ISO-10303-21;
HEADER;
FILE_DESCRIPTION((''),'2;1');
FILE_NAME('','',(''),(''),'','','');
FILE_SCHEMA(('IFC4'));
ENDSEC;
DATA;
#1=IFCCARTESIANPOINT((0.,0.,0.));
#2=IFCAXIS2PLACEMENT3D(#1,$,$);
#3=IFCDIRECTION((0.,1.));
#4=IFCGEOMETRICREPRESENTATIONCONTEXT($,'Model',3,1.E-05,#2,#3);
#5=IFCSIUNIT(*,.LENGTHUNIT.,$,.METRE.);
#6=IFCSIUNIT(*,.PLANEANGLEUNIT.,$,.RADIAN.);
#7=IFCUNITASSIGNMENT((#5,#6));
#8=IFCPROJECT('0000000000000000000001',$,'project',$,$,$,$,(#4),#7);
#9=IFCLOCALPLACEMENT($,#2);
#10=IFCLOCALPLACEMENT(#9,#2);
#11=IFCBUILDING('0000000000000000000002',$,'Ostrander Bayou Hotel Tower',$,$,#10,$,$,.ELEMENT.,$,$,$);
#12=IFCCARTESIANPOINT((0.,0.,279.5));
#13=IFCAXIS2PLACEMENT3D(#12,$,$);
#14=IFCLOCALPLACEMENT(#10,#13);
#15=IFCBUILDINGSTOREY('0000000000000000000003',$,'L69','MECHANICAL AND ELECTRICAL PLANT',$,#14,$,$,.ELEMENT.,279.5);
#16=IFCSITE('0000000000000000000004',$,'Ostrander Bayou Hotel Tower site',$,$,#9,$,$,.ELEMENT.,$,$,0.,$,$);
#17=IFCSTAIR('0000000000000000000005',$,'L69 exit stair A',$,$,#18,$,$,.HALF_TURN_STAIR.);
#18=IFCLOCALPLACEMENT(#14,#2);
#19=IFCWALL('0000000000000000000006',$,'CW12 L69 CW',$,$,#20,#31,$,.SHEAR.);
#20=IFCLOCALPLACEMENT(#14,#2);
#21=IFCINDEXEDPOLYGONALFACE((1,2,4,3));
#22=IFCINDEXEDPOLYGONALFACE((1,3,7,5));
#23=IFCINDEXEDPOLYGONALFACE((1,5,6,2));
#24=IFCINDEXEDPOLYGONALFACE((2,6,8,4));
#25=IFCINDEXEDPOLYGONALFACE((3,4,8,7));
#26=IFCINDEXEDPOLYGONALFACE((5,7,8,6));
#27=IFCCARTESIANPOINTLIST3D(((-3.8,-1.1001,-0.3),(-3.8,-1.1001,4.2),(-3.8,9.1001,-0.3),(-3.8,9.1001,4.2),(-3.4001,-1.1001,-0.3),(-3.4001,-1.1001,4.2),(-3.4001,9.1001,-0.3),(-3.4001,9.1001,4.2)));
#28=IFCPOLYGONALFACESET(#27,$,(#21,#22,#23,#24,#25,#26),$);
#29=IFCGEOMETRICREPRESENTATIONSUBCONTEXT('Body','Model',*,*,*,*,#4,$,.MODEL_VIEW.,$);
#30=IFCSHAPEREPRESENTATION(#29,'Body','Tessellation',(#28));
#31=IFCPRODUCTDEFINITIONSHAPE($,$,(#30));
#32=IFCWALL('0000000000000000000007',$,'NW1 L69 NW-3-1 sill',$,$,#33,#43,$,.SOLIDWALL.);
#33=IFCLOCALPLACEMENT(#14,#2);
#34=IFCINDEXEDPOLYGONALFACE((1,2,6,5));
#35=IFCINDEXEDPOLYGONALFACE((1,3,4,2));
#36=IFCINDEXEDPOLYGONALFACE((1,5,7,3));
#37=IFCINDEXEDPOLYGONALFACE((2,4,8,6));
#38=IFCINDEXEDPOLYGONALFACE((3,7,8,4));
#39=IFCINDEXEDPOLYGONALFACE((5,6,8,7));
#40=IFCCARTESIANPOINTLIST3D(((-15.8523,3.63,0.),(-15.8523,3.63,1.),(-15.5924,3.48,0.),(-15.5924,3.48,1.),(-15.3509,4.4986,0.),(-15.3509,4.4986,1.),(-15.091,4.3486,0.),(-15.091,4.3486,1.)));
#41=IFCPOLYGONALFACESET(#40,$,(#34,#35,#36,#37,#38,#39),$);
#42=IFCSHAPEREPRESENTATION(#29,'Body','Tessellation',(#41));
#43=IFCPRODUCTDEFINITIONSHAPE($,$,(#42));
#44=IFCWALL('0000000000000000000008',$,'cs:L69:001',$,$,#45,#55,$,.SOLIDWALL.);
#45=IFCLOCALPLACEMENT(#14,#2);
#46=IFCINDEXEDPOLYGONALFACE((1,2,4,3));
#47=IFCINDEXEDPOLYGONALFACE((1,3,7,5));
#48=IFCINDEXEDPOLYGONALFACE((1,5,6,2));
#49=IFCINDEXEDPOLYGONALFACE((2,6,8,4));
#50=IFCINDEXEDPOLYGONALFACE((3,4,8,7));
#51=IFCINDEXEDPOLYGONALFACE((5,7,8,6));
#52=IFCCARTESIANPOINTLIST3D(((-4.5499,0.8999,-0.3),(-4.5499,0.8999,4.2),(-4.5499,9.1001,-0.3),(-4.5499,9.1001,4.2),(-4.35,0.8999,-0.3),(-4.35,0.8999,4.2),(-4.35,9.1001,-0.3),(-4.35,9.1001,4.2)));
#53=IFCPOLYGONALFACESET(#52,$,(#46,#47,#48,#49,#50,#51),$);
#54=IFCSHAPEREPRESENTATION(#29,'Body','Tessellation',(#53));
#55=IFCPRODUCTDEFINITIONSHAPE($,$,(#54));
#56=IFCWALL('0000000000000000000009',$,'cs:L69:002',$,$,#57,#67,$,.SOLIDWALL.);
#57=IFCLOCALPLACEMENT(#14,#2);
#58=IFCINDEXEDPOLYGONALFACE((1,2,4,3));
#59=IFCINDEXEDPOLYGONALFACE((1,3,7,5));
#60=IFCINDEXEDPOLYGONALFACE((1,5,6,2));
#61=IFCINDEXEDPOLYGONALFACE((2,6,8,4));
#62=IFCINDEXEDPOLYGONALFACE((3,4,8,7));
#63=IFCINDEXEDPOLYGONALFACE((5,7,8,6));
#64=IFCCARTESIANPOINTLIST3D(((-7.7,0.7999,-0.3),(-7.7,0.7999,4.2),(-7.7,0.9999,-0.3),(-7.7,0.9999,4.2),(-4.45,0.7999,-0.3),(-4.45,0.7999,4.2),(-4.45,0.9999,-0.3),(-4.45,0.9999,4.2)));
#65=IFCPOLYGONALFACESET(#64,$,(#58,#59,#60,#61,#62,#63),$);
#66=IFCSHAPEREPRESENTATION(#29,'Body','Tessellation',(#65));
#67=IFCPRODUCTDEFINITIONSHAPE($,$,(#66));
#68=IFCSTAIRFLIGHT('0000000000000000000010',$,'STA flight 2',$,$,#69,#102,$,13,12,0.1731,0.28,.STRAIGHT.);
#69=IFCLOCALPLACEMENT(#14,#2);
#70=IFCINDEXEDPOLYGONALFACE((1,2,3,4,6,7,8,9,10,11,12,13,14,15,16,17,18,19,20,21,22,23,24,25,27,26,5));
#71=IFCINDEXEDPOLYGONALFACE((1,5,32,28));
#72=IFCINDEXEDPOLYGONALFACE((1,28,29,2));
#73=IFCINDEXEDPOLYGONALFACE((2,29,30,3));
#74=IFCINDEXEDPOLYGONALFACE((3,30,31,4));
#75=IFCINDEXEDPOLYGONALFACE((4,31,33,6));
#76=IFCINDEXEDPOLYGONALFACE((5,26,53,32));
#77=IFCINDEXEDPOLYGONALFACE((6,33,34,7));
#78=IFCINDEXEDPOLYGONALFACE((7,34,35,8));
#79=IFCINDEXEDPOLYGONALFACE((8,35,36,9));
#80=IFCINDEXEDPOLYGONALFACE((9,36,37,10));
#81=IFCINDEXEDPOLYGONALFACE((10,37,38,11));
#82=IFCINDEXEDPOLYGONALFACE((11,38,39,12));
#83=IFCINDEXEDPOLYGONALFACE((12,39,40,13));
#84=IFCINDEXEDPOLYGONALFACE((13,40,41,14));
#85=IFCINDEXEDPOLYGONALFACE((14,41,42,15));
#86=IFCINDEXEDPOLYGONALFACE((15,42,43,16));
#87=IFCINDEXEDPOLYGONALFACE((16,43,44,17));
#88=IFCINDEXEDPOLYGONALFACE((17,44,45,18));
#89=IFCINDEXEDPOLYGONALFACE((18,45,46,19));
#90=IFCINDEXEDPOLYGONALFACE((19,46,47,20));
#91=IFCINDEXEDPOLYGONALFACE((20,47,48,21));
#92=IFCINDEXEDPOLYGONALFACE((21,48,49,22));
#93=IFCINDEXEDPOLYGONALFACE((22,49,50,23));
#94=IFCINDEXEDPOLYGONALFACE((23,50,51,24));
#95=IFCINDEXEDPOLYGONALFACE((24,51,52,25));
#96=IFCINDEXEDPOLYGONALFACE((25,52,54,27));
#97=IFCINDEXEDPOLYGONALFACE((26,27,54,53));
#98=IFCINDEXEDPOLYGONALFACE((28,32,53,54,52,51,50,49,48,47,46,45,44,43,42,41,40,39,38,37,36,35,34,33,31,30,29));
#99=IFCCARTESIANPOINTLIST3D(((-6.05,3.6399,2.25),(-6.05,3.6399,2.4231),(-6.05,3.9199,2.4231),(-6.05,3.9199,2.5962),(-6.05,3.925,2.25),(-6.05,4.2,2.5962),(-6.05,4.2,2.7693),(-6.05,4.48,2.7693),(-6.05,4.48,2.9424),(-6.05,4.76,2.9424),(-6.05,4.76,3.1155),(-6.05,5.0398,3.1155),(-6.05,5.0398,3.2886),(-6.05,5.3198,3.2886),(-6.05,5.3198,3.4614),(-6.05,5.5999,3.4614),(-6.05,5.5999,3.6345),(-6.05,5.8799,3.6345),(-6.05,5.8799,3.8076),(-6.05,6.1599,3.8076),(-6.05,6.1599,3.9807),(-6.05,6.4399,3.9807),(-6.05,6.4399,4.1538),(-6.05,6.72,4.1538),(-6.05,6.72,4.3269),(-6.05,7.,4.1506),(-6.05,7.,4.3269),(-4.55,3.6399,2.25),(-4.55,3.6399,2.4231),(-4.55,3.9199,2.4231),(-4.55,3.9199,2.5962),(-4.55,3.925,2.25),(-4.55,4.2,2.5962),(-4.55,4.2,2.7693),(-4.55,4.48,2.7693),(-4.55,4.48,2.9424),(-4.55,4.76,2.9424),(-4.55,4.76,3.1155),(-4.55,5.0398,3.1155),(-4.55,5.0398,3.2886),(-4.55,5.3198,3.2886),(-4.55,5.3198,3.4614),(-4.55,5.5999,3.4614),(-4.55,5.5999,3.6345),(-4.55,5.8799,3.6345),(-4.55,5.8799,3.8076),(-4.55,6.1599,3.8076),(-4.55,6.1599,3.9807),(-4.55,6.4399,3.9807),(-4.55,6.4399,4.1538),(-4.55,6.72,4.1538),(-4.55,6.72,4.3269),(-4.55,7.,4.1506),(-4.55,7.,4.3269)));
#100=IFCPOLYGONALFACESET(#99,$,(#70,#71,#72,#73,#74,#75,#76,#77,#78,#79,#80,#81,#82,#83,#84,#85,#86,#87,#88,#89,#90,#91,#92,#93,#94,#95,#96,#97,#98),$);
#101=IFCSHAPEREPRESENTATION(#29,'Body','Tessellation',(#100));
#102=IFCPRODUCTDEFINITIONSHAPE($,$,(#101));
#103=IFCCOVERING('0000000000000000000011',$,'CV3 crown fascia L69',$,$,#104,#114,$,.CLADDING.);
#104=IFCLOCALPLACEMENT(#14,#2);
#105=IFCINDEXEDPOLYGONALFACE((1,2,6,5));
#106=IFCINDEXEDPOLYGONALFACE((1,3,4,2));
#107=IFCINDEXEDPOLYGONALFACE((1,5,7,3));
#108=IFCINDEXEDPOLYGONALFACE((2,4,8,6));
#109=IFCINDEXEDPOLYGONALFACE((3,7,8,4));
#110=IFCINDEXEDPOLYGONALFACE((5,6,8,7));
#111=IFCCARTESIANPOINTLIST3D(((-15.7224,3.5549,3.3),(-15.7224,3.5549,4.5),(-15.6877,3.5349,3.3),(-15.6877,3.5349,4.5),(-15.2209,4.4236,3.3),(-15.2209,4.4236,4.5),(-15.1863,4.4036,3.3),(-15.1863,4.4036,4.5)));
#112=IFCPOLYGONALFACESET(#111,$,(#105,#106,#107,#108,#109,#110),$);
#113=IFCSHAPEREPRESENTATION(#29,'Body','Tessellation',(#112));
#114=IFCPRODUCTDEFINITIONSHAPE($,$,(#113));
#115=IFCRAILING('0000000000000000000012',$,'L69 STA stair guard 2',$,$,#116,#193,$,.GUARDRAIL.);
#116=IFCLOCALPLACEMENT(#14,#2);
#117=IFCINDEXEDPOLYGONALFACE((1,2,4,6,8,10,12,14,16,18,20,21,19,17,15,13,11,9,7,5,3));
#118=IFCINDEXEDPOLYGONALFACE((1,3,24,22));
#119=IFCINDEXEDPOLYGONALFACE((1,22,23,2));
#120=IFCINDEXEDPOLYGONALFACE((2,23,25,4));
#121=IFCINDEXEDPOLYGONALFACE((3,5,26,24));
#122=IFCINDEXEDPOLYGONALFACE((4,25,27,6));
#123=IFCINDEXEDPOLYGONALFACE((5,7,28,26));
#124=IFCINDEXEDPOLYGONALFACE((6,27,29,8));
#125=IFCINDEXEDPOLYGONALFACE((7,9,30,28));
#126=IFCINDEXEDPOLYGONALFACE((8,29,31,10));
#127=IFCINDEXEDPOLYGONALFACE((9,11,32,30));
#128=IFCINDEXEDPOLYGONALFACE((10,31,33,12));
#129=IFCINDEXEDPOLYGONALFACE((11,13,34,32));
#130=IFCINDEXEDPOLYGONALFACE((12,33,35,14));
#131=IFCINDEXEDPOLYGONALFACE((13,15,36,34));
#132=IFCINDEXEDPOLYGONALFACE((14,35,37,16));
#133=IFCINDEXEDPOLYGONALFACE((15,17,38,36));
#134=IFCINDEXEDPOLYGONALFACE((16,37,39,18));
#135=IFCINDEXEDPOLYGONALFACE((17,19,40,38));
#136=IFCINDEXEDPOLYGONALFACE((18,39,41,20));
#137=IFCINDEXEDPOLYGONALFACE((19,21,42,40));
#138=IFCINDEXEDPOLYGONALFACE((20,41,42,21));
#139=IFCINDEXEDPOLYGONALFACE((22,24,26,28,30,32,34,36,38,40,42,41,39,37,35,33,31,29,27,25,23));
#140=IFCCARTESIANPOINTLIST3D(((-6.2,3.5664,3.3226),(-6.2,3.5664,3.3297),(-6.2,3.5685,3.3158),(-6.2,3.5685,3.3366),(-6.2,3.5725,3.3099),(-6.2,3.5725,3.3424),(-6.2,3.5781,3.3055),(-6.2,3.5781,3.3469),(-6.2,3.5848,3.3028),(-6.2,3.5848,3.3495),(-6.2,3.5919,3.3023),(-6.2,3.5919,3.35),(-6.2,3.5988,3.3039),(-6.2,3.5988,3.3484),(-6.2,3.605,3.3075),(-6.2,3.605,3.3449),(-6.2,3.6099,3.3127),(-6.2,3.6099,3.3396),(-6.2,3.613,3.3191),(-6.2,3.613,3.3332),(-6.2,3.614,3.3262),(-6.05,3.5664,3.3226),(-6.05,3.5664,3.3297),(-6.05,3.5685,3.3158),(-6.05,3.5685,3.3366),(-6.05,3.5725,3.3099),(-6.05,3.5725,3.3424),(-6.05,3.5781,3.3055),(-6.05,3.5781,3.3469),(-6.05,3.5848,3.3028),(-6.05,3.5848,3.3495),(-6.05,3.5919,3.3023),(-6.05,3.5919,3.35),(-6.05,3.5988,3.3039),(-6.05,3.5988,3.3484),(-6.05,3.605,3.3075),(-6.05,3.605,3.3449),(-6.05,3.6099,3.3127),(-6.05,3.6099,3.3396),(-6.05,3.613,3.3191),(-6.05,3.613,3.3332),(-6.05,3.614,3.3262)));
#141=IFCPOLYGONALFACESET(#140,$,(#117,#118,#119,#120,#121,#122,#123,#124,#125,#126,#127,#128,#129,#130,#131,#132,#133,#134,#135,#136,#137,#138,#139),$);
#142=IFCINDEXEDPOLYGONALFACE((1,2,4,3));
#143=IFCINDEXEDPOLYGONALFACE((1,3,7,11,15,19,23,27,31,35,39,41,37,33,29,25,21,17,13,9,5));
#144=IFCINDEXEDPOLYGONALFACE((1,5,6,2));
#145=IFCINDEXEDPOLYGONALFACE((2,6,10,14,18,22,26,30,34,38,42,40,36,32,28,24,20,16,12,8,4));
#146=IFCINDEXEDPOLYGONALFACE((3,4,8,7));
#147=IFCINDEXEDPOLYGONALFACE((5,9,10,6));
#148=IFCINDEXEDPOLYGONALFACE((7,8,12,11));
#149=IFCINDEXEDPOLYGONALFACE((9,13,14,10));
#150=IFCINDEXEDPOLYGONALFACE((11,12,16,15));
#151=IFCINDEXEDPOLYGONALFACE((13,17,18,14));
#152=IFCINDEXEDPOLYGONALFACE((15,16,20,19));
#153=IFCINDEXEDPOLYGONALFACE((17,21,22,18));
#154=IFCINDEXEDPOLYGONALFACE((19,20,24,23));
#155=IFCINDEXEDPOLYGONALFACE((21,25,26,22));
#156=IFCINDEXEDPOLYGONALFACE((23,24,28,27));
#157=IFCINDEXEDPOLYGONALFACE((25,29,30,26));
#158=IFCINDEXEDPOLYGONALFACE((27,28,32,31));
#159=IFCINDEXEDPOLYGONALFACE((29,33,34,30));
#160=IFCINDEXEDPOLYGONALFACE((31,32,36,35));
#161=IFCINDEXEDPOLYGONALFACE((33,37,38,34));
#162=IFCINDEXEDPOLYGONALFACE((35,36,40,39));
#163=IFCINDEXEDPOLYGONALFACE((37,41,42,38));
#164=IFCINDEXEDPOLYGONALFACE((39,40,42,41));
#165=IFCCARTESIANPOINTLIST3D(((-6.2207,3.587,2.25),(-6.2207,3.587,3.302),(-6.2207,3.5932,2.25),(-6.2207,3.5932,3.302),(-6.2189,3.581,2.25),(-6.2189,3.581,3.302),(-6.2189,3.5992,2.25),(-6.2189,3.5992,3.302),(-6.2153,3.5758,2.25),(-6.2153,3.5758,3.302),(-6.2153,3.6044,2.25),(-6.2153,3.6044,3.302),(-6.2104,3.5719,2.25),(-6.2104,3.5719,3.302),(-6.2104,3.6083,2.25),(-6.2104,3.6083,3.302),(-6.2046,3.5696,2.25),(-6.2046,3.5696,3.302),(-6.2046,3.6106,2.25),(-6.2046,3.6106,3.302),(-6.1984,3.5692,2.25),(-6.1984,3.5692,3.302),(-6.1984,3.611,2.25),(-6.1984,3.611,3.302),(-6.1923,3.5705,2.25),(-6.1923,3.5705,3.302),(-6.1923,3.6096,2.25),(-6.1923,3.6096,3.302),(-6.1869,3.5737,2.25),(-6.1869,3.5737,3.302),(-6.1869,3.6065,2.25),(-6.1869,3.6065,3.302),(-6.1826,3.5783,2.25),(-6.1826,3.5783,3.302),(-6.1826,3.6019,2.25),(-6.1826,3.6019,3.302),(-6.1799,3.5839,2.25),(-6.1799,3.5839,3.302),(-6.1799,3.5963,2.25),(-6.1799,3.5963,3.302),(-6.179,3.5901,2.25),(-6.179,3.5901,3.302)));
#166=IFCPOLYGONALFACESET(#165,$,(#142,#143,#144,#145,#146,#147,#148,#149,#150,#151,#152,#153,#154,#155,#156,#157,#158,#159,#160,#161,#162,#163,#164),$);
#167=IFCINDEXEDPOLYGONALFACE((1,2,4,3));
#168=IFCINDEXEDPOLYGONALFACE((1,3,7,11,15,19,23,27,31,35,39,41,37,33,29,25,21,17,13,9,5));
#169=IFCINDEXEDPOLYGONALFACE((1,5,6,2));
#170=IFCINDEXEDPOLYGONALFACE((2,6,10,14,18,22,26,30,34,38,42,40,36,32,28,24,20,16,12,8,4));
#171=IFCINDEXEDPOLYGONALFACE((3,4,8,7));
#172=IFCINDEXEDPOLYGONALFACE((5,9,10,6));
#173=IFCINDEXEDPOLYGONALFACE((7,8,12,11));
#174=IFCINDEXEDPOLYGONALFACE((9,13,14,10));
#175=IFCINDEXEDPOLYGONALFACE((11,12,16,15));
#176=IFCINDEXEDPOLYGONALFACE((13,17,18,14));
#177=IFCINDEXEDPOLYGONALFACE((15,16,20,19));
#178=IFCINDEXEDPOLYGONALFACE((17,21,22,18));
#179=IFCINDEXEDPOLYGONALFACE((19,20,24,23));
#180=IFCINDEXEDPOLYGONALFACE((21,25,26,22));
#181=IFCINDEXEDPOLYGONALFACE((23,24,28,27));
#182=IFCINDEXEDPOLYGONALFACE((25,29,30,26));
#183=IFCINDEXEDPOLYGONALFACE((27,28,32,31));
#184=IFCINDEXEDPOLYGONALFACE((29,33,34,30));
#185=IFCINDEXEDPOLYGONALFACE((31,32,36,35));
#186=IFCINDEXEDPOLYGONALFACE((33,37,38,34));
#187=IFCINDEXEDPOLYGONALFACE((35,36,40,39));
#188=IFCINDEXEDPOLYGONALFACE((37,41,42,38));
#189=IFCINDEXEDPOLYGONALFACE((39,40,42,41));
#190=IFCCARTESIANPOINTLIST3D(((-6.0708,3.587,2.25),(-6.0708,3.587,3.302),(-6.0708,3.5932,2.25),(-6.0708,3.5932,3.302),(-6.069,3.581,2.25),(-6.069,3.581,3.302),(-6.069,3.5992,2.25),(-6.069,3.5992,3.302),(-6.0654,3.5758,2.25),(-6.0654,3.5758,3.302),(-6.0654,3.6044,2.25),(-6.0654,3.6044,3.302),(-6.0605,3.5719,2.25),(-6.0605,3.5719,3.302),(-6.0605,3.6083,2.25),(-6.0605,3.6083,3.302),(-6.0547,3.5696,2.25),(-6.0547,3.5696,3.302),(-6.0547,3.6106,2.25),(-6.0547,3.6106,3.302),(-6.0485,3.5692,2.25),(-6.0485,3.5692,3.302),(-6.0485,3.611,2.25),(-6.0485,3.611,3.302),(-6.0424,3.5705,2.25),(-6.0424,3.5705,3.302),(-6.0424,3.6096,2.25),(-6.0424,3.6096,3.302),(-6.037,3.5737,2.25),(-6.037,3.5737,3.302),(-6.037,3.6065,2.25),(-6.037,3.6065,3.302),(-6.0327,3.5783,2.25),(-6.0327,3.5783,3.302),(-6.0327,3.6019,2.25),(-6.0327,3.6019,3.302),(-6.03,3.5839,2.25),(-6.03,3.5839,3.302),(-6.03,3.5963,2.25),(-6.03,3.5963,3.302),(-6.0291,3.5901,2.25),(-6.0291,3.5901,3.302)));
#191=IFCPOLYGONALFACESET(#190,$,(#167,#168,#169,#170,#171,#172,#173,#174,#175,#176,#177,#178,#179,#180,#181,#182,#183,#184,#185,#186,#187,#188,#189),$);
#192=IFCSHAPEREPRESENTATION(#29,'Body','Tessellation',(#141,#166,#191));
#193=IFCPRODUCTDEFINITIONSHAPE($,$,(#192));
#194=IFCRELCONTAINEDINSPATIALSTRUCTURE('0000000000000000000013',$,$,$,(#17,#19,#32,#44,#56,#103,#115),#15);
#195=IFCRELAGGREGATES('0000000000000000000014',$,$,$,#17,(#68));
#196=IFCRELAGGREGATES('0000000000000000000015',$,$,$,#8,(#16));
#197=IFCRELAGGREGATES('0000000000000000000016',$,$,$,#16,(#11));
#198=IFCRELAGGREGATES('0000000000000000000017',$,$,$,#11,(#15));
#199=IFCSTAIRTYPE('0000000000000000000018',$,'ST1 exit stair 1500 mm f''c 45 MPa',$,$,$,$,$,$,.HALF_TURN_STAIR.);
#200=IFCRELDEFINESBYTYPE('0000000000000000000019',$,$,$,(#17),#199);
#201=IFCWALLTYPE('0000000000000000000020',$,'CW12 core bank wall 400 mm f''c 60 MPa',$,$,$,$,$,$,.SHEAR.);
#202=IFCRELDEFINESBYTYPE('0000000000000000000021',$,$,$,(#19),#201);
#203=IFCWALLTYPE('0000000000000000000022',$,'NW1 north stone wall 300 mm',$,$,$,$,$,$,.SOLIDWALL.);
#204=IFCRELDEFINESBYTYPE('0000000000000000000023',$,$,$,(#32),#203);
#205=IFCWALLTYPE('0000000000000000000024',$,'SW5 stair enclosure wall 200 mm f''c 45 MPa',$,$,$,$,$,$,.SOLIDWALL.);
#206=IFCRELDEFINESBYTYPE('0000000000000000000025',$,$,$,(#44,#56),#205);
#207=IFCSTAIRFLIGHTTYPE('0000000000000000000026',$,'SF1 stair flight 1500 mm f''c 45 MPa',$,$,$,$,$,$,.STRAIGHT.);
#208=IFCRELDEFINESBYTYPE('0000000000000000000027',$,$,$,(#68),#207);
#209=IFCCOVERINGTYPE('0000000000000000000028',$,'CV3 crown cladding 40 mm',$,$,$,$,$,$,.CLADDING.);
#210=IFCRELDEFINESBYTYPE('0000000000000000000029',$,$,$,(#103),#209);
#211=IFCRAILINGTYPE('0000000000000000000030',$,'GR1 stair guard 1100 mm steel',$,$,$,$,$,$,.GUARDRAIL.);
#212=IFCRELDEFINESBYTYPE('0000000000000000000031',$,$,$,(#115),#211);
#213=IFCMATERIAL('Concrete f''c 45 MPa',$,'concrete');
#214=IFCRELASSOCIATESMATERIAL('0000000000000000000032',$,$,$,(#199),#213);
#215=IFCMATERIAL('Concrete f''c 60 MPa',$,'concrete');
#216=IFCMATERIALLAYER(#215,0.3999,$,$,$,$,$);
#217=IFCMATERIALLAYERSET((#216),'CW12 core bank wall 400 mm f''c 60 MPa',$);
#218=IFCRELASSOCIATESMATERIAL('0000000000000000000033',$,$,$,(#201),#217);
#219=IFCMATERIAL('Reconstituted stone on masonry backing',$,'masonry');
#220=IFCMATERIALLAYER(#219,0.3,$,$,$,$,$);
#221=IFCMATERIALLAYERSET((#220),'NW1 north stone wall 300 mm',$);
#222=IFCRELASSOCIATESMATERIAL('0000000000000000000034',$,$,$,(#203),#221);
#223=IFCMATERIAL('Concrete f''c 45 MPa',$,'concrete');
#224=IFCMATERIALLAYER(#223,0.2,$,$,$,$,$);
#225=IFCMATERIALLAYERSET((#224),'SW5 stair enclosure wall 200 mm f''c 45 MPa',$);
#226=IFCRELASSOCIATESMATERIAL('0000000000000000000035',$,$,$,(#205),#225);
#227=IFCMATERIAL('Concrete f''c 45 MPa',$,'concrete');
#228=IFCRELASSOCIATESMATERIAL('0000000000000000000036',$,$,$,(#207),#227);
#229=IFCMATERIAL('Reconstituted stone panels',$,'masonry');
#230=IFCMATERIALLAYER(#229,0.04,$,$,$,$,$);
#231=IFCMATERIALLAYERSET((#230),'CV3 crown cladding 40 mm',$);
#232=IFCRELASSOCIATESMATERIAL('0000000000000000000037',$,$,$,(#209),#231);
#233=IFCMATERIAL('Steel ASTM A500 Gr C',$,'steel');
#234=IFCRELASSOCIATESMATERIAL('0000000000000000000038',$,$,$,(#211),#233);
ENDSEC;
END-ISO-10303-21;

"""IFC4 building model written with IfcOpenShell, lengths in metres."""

from ifc_helpers import new_model, si_unit, direction, frame, frame_2d, origin, origin_2d, place, context, subcontext, project, spatial, polyline, rectangle, circle, outline, extrude, material, layer, layer_set, type_object, element, aggregate, save


model = new_model("IFC4")

# Units and contexts
model_context = context("Model", 3, precision=1e-05, world=origin(), true_north=direction((0.0, 1.0)))
body_context = subcontext(model_context, "Body", "Model", "MODEL_VIEW")
ifc_project = project(units=[si_unit("LENGTHUNIT", "METRE"), si_unit("PLANEANGLEUNIT", "RADIAN")], contexts=[model_context])

# Site, building, storey
site_placement = place(None, origin())
site = spatial("IfcSite", under=ifc_project, at=site_placement, Name="Ostrander Bayou Hotel Tower site", CompositionType="ELEMENT", RefElevation=0.0)
building_placement = place(site_placement, origin())
building = spatial("IfcBuilding", under=site, at=building_placement, Name="Ostrander Bayou Hotel Tower", CompositionType="ELEMENT")
storey_placement = place(building_placement, frame((0.0, 0.0, 279.5)))
storey = spatial("IfcBuildingStorey", under=building, at=storey_placement, Name="L69", Description="MECHANICAL AND ELECTRICAL PLANT", CompositionType="ELEMENT", Elevation=279.5)

# Stair
ifc_material_1 = material(Name="Concrete f'c 45 MPa", Category="concrete")
stair_type = type_object("IfcStairType", Name="ST1 exit stair 1500 mm f'c 45 MPa", PredefinedType="HALF_TURN_STAIR", material=ifc_material_1)
stair_1_placement = place(storey_placement, origin())
stair_1 = element("IfcStair", 1, at=stair_1_placement, inside=storey, type_object=stair_type, Name="L69 exit stair A", PredefinedType="HALF_TURN_STAIR")

# Walls
ifc_material_2 = material(Name="Concrete f'c 60 MPa", Category="concrete")
ifc_layer_1 = layer(ifc_material_2, 0.3999)
ifc_layer_set_1 = layer_set([ifc_layer_1], Name="CW12 core bank wall 400 mm f'c 60 MPa")
wall_type_1 = type_object("IfcWallType", Name="CW12 core bank wall 400 mm f'c 60 MPa", PredefinedType="SHEAR", material=ifc_layer_set_1)
wall_1_placement = place(storey_placement, frame((-3.6001, -1.1001, -0.3), z_axis=(0.0, 0.0, 1.0), x_axis=(0.0, 1.0, 0.0)))
element("IfcWall", 2, at=wall_1_placement, inside=storey, type_object=wall_type_1, Name="CW12 L69 CW", PredefinedType="SHEAR", context=body_context, shape_type="SweptSolid", body=[
    extrude(rectangle(XDim=10.2002, YDim=0.3999, at=frame_2d((5.1001, 0.0))), origin(), (0.0, 0.0, 1.0), 4.5),
])
ifc_material_3 = material(Name="Reconstituted stone on masonry backing", Category="masonry")
ifc_layer_2 = layer(ifc_material_3, 0.3)
ifc_layer_set_2 = layer_set([ifc_layer_2], Name="NW1 north stone wall 300 mm")
wall_type_2 = type_object("IfcWallType", Name="NW1 north stone wall 300 mm", PredefinedType="SOLIDWALL", material=ifc_layer_set_2)
wall_2_placement = place(storey_placement, frame((-15.2209, 4.4236, 0.0), z_axis=(0.0, 0.0, 1.0), x_axis=(-0.499961, -0.866048, 0.0)))
element("IfcWall", 3, at=wall_2_placement, inside=storey, type_object=wall_type_2, Name="NW1 L69 NW-3-1 sill", PredefinedType="SOLIDWALL", context=body_context, shape_type="SweptSolid", body=[
    extrude(rectangle(XDim=1.0029, YDim=0.3, at=frame_2d((0.5015, 0.0))), origin(), (0.0, 0.0, 1.0), 1.0),
])

# Walls
ifc_material_4 = material(Name="Concrete f'c 45 MPa", Category="concrete")
ifc_layer_3 = layer(ifc_material_4, 0.2)
ifc_layer_set_3 = layer_set([ifc_layer_3], Name="SW5 stair enclosure wall 200 mm f'c 45 MPa")
wall_type_3 = type_object("IfcWallType", Name="SW5 stair enclosure wall 200 mm f'c 45 MPa", PredefinedType="SOLIDWALL", material=ifc_layer_set_3)
wall_3_placement = place(storey_placement, frame((-4.45, 0.8999, -0.3), z_axis=(0.0, 0.0, 1.0), x_axis=(0.0, 1.0, 0.0)))
element("IfcWall", 4, at=wall_3_placement, inside=storey, type_object=wall_type_3, Name="cs:L69:001", PredefinedType="SOLIDWALL", context=body_context, shape_type="SweptSolid", body=[
    extrude(rectangle(XDim=8.2002, YDim=0.2, at=frame_2d((4.1001, 0.0))), origin(), (0.0, 0.0, 1.0), 4.5),
])
wall_4_placement = place(storey_placement, frame((-7.7, 0.8999, -0.3), z_axis=(0.0, 0.0, 1.0), x_axis=(1.0, 0.0, 0.0)))
element("IfcWall", 5, at=wall_4_placement, inside=storey, type_object=wall_type_3, Name="cs:L69:002", PredefinedType="SOLIDWALL", context=body_context, shape_type="SweptSolid", body=[
    extrude(rectangle(XDim=3.25, YDim=0.2, at=frame_2d((1.625, 0.0))), origin(), (0.0, 0.0, 1.0), 4.5),
])

# Stair flight
ifc_material_5 = material(Name="Concrete f'c 45 MPa", Category="concrete")
stair_flight_type = type_object("IfcStairFlightType", Name="SF1 stair flight 1500 mm f'c 45 MPa", PredefinedType="STRAIGHT", material=ifc_material_5)
stair_flight_placement = place(storey_placement, frame((-5.3, 3.6399, 2.25), z_axis=(0.0, 0.0, 1.0), x_axis=(0.0, 1.0, 0.0)))
stair_flight = element("IfcStairFlight", 6, at=stair_flight_placement, type_object=stair_flight_type, Name="STA flight 2", NumberOfRisers=13, NumberOfTreads=12, PredefinedType="STRAIGHT", RiserHeight=0.1731, TreadLength=0.28, context=body_context, shape_type="SweptSolid", body=[
    extrude(outline(polyline([(0.0, 0.0), (0.0, 0.1731), (0.28, 0.1731), (0.28, 0.3462), (0.5601, 0.3462), (0.5601, 0.5193), (0.8401, 0.5193), (0.8401, 0.6924), (1.1201, 0.6924), (1.1201, 0.8655), (1.3999, 0.8655), (1.3999, 1.0386), (1.6799, 1.0386), (1.6799, 1.2114), (1.96, 1.2114), (1.96, 1.3845), (2.24, 1.3845), (2.24, 1.5576), (2.52, 1.5576), (2.52, 1.7307), (2.8, 1.7307), (2.8, 1.9038), (3.0801, 1.9038), (3.0801, 2.0769), (3.3601, 2.0769), (3.3601, 2.25), (3.3601, 1.9006), (0.2852, 0.0), (0.0, 0.0)])), frame((0.0, 0.75, 0.0), z_axis=(0.0, -1.0, 0.0), x_axis=(1.0, 0.0, 0.0)), (0.0, 0.0, 1.0), 1.5),
])
aggregate(stair_1, [stair_flight])

# Covering
ifc_material_6 = material(Name="Reconstituted stone panels", Category="masonry")
ifc_layer_4 = layer(ifc_material_6, 0.04)
ifc_layer_set_4 = layer_set([ifc_layer_4], Name="CV3 crown cladding 40 mm")
covering_type = type_object("IfcCoveringType", Name="CV3 crown cladding 40 mm", PredefinedType="CLADDING", material=ifc_layer_set_4)
covering_placement = place(storey_placement, frame((-15.2209, 4.4236, 3.3), z_axis=(-0.866048, 0.499961, 0.0), x_axis=(-0.499961, -0.866048, 0.0)))
element("IfcCovering", 7, at=covering_placement, inside=storey, type_object=covering_type, Name="CV3 crown fascia L69", PredefinedType="CLADDING", context=body_context, shape_type="SweptSolid", body=[
    extrude(outline(polyline([(0.0, 0.0), (1.003, 0.0), (1.003, 1.2), (0.0, 1.2), (0.0, 0.0)])), origin(), (0.0, 0.0, -1.0), 0.04),
])

# Railing
ifc_material_7 = material(Name="Steel ASTM A500 Gr C", Category="steel")
railing_type_1 = type_object("IfcRailingType", Name="GR1 stair guard 1100 mm steel", PredefinedType="GUARDRAIL", material=ifc_material_7)
railing_1_placement = place(storey_placement, frame((-6.2, 3.5901, 2.25)))
element("IfcRailing", 8, at=railing_1_placement, inside=storey, type_object=railing_type_1, Name="L69 STA stair guard 2", PredefinedType="GUARDRAIL", context=body_context, shape_type="SweptSolid", body=[
    extrude(circle(Radius=0.0239, at=origin_2d()), frame((0.0, 0.0, 1.0762), z_axis=(1.0, 0.0, 0.0), x_axis=(0.0, 1.0, 0.0)), (0.0, 0.0, 1.0), 0.1499),
    extrude(circle(Radius=0.021, at=origin_2d()), origin(), (0.0, 0.0, 1.0), 1.052),
    extrude(circle(Radius=0.021, at=origin_2d()), frame((0.1499, 0.0, 0.0)), (0.0, 0.0, 1.0), 1.052),
])

save(model, "model.ifc")
